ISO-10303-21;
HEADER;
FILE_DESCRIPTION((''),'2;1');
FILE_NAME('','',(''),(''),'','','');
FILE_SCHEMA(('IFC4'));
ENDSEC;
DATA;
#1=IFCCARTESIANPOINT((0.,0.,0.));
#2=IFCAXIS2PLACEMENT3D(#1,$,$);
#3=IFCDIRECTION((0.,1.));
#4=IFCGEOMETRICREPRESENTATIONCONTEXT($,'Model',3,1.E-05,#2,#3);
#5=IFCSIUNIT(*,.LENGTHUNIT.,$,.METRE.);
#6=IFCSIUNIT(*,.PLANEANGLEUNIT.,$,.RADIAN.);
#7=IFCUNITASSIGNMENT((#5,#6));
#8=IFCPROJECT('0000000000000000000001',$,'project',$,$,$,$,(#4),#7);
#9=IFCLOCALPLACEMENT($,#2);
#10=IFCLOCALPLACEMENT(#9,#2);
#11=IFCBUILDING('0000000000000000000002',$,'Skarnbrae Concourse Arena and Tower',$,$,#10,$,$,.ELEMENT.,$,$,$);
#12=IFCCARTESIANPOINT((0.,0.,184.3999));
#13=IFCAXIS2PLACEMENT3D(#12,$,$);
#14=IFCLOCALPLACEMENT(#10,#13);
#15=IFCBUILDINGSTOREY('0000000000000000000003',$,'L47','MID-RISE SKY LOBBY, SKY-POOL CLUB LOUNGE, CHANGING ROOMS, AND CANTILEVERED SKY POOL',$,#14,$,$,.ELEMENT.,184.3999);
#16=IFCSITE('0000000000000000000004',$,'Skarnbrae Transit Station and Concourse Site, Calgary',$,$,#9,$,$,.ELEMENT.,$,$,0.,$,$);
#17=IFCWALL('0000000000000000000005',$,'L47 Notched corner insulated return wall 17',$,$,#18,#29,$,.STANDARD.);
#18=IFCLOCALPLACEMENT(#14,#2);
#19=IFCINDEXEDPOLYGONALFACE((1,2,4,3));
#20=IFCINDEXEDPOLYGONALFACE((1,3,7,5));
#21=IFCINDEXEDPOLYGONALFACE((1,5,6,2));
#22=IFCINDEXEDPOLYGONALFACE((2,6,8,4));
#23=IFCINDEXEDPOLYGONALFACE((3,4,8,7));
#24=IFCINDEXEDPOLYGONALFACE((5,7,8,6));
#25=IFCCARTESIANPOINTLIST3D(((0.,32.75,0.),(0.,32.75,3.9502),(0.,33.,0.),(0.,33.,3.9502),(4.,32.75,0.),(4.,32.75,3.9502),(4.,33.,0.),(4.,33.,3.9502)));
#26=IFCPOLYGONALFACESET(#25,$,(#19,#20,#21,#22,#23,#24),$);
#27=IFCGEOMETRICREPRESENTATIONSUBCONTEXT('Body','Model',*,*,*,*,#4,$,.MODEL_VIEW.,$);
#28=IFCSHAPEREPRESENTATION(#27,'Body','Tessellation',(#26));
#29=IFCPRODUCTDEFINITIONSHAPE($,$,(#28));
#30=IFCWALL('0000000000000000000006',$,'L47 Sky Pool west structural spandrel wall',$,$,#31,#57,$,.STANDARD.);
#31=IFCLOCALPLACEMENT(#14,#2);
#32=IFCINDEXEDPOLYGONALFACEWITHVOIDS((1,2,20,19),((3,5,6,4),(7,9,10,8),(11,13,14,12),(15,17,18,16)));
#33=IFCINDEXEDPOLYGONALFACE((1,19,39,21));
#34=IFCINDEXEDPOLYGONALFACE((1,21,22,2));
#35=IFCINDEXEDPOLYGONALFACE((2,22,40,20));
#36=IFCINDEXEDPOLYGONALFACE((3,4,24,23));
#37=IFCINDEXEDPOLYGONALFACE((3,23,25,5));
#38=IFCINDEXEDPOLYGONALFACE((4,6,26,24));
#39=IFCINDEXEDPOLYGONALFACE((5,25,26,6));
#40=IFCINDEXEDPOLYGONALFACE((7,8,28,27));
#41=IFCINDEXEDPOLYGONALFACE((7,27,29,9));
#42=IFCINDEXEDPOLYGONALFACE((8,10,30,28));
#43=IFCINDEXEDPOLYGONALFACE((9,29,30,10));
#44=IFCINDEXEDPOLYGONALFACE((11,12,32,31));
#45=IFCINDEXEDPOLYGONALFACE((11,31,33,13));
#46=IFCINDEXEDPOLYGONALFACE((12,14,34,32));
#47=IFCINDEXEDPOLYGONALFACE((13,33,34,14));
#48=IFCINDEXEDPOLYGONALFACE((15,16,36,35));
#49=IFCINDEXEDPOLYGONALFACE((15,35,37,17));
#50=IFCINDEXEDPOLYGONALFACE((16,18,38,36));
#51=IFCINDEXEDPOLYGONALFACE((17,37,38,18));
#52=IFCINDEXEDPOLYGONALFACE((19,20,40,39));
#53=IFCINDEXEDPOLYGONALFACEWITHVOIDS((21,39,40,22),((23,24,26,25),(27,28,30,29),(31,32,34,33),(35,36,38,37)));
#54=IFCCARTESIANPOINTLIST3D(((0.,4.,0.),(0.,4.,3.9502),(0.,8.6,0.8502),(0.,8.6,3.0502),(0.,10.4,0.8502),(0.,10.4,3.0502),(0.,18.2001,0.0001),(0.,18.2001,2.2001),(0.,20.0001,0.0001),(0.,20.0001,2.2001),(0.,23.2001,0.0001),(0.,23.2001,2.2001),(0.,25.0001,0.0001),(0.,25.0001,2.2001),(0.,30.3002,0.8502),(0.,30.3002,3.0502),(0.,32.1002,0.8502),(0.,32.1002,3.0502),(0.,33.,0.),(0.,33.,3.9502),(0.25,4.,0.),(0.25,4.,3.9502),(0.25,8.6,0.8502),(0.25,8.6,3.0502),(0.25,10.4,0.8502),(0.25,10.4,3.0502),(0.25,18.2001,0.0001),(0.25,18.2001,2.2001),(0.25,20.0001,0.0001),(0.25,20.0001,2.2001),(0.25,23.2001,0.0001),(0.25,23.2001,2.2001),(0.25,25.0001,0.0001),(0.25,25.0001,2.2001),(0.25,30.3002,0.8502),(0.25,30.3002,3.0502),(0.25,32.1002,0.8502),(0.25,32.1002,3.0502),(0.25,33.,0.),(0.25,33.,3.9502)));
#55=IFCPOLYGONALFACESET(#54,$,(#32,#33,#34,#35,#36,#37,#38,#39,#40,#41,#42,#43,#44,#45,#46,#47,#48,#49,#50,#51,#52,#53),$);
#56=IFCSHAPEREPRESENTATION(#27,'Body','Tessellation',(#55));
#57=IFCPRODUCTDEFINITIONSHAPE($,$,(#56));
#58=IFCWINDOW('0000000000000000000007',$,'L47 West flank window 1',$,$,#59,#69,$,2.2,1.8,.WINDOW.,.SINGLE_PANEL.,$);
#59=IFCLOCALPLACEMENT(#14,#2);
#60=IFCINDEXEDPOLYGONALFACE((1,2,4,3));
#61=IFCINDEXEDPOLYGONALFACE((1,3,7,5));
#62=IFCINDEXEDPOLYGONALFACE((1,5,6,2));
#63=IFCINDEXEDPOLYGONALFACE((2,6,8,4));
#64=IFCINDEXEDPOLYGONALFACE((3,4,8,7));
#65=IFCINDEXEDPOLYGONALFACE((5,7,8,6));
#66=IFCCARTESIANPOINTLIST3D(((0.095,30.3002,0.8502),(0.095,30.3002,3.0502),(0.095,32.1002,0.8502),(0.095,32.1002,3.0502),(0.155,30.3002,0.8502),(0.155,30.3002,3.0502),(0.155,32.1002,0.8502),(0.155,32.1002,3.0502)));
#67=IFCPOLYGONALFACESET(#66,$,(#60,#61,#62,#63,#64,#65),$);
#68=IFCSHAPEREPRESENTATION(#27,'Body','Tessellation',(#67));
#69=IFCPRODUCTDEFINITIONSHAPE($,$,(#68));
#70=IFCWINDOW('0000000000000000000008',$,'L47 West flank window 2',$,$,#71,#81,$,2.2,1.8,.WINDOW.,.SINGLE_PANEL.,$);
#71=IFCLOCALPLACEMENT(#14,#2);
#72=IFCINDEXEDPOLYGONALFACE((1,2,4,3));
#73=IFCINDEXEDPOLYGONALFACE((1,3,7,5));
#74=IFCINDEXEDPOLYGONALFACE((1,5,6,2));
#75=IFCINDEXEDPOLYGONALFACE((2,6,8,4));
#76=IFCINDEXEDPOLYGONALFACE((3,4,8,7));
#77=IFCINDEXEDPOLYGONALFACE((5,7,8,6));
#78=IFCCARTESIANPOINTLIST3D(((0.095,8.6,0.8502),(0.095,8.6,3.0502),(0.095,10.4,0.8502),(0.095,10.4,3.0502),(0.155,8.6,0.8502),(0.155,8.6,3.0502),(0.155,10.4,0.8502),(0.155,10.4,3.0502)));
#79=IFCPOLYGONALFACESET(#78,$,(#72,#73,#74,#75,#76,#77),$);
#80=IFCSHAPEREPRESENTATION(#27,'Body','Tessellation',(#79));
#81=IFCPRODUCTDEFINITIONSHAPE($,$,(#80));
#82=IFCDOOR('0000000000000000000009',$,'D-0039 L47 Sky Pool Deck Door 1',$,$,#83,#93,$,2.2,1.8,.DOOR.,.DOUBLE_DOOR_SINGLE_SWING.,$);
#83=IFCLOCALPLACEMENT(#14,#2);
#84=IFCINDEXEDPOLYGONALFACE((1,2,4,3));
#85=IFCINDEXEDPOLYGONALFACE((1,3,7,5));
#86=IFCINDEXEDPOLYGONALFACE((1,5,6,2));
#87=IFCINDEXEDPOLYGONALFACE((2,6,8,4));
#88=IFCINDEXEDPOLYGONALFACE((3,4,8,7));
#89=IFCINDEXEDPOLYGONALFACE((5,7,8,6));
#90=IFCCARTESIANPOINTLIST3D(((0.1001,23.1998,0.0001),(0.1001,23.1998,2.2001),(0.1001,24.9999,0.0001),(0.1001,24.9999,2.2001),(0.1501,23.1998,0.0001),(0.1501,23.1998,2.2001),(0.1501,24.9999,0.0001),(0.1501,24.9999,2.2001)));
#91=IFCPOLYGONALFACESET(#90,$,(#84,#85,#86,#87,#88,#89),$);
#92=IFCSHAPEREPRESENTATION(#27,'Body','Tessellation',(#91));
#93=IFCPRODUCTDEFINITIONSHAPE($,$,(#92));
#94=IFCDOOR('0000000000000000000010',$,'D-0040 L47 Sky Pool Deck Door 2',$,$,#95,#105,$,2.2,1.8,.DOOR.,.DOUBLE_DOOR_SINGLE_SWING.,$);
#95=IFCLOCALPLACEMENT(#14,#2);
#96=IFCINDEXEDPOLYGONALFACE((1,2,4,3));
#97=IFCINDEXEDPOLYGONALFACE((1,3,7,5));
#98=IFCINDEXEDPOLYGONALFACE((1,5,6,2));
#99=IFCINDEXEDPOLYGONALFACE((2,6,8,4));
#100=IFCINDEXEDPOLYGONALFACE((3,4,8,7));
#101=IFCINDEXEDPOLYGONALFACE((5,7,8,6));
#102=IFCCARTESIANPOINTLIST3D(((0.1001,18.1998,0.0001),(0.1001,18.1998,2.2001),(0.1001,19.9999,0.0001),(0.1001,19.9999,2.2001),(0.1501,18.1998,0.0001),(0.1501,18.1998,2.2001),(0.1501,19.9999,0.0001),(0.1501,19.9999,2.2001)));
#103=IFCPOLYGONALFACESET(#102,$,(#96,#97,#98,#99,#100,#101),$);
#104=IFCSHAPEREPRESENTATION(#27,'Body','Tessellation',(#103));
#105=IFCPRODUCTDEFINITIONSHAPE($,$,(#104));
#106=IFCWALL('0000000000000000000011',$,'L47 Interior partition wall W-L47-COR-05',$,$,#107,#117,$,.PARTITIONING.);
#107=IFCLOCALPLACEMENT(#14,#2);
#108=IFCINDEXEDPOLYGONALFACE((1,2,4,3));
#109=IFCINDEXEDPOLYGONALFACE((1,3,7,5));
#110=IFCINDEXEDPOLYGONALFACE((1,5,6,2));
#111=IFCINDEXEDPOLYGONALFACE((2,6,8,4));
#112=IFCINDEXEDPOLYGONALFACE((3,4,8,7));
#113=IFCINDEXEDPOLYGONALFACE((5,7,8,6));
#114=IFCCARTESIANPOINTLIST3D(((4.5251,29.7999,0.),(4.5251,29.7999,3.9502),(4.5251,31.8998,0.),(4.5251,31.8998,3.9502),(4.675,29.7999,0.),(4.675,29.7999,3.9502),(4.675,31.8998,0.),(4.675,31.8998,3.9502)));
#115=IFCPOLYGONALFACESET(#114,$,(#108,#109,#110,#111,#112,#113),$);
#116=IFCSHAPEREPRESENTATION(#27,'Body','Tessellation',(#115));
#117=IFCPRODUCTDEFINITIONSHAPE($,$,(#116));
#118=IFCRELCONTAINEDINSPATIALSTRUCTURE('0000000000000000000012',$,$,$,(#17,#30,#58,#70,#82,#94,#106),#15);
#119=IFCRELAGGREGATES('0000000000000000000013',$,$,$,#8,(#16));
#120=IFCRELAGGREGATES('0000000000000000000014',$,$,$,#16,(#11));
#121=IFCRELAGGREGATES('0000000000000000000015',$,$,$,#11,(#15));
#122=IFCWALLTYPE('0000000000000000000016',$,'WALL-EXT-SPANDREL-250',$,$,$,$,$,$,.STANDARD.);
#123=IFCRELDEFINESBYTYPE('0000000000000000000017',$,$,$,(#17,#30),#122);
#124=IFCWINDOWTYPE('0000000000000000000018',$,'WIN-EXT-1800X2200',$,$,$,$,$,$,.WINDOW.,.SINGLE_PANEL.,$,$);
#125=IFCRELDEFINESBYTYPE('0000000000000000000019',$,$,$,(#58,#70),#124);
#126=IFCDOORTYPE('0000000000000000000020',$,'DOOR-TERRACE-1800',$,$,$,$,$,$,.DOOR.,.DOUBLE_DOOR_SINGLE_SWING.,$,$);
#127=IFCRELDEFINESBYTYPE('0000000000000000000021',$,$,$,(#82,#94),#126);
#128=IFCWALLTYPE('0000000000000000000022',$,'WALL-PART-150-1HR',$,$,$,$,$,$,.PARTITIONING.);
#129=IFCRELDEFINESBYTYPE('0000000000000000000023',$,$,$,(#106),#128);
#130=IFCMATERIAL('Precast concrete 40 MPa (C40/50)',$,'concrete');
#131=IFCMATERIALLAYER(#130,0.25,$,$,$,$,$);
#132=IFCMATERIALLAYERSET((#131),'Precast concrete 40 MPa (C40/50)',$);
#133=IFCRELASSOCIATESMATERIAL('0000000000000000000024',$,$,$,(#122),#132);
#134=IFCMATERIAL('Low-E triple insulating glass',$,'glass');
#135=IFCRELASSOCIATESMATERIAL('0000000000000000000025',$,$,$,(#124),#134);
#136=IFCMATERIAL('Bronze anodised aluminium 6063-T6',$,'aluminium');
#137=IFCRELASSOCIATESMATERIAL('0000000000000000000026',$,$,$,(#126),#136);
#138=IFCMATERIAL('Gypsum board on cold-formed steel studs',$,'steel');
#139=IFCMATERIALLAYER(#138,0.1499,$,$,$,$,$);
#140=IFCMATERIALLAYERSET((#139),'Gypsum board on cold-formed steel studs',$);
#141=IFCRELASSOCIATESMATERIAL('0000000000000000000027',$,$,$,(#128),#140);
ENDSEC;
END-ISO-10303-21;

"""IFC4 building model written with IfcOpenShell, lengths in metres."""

from ifc_helpers import new_model, si_unit, direction, frame, frame_2d, origin, place, context, subcontext, project, spatial, rectangle, extrude, source, transform, mapped, material, layer, layer_set, type_object, element, fill, save


model = new_model("IFC4")

# Units and contexts
model_context = context("Model", 3, precision=1e-05, world=origin(), true_north=direction((0.0, 1.0)))
body_context = subcontext(model_context, "Body", "Model", "MODEL_VIEW")
ifc_project = project(units=[si_unit("LENGTHUNIT", "METRE"), si_unit("PLANEANGLEUNIT", "RADIAN")], contexts=[model_context])

# Site, building, storey
site_placement = place(None, origin())
site = spatial("IfcSite", under=ifc_project, at=site_placement, Name="Skarnbrae Transit Station and Concourse Site, Calgary", CompositionType="ELEMENT", RefElevation=0.0)
building_placement = place(site_placement, origin())
building = spatial("IfcBuilding", under=site, at=building_placement, Name="Skarnbrae Concourse Arena and Tower", CompositionType="ELEMENT")
storey_placement = place(building_placement, frame((0.0, 0.0, 184.3999)))
storey = spatial("IfcBuildingStorey", under=building, at=storey_placement, Name="L47", Description="MID-RISE SKY LOBBY, SKY-POOL CLUB LOUNGE, CHANGING ROOMS, AND CANTILEVERED SKY POOL", CompositionType="ELEMENT", Elevation=184.3999)

# Shared definitions
ifc_material_1 = material(Name="Bronze anodised aluminium 6063-T6", Category="aluminium")

# Shared definitions
ifc_material_2 = material(Name="Low-E triple insulating glass", Category="glass")

# Wall
ifc_material_3 = material(Name="Precast concrete 40 MPa (C40/50)", Category="concrete")
ifc_layer_1 = layer(ifc_material_3, 0.25)
ifc_layer_set_1 = layer_set([ifc_layer_1], Name="Precast concrete 40 MPa (C40/50)")
wall_type_1 = type_object("IfcWallType", Name="WALL-EXT-SPANDREL-250", PredefinedType="STANDARD", material=ifc_layer_set_1)
shared_shape_1 = source(origin(), body_context, "Body", "SweptSolid", [
    extrude(rectangle(XDim=4.0, YDim=0.25, at=frame_2d((2.0, 0.0))), origin(), (0.0, 0.0, 1.0), 3.9502),
])
for number, where, z_axis, x_axis, name in (
    (1, (4.0, 32.875, 0.0), (0.0, 0.0, 1.0), (-1.0, 0.0, 0.0), "L47 Notched corner insulated return wall 17"),
):
    element("IfcWall", number, at=place(storey_placement, frame(where, z_axis=z_axis, x_axis=x_axis)), inside=storey, type_object=wall_type_1, Name=name, PredefinedType="STANDARD", context=body_context, shape_type="MappedRepresentation", body=[
        mapped(shared_shape_1, transform((0.0, 0.0, 0.0))),
    ])

# Wall, openings, windows, doors
shared_shape_2 = source(origin(), body_context, "Body", "SweptSolid", [
    extrude(rectangle(XDim=29.0, YDim=0.25, at=frame_2d((14.5, 0.0))), origin(), (0.0, 0.0, 1.0), 3.9502),
])
wall_1_placement = place(storey_placement, frame((0.125, 33.0, 0.0), z_axis=(0.0, 0.0, 1.0), x_axis=(0.0, -1.0, 0.0)))
wall_1 = element("IfcWall", 2, at=wall_1_placement, inside=storey, type_object=wall_type_1, Name="L47 Sky Pool west structural spandrel wall", PredefinedType="STANDARD", context=body_context, shape_type="MappedRepresentation", body=[
    mapped(shared_shape_2, transform((0.0, 0.0, 0.0))),
])
opening_1_placement = place(wall_1_placement, frame((8.0, 0.0, 0.0)))
opening_1 = element("IfcOpeningElement", 3, at=opening_1_placement, cuts=wall_1, PredefinedType="OPENING", context=body_context, shape_type="SweptSolid", body=[
    extrude(rectangle(XDim=1.8, YDim=2.2, at=frame_2d((0.8999, 1.1001))), frame((0.0, 0.135, 0.0), z_axis=(0.0, -1.0, 0.0), x_axis=(1.0, 0.0, 0.0)), (0.0, 0.0, 1.0), 0.27),
])
opening_2_placement = place(wall_1_placement, frame((13.0, 0.0, 0.0)))
opening_2 = element("IfcOpeningElement", 4, at=opening_2_placement, cuts=wall_1, PredefinedType="OPENING", context=body_context, shape_type="SweptSolid", body=[
    extrude(rectangle(XDim=1.8, YDim=2.2, at=frame_2d((0.8999, 1.1001))), frame((0.0, 0.135, 0.0), z_axis=(0.0, -1.0, 0.0), x_axis=(1.0, 0.0, 0.0)), (0.0, 0.0, 1.0), 0.27),
])
opening_3_placement = place(wall_1_placement, frame((0.8999, 0.0, 0.8501)))
opening_3 = element("IfcOpeningElement", 5, at=opening_3_placement, cuts=wall_1, PredefinedType="OPENING", context=body_context, shape_type="SweptSolid", body=[
    extrude(rectangle(XDim=1.8, YDim=2.2, at=frame_2d((0.8999, 1.1001))), frame((0.0, 0.135, 0.0), z_axis=(0.0, -1.0, 0.0), x_axis=(1.0, 0.0, 0.0)), (0.0, 0.0, 1.0), 0.27),
])
opening_4_placement = place(wall_1_placement, frame((22.6001, 0.0, 0.8501)))
opening_4 = element("IfcOpeningElement", 6, at=opening_4_placement, cuts=wall_1, PredefinedType="OPENING", context=body_context, shape_type="SweptSolid", body=[
    extrude(rectangle(XDim=1.8, YDim=2.2, at=frame_2d((0.8999, 1.1001))), frame((0.0, 0.135, 0.0), z_axis=(0.0, -1.0, 0.0), x_axis=(1.0, 0.0, 0.0)), (0.0, 0.0, 1.0), 0.27),
])
window_type = type_object("IfcWindowType", Name="WIN-EXT-1800X2200", PartitioningType="SINGLE_PANEL", PredefinedType="WINDOW", material=ifc_material_2)
shared_shape_3 = source(origin(), body_context, "Body", "SweptSolid", [
    extrude(rectangle(XDim=1.8, YDim=2.2, at=frame_2d((0.8999, 1.1001))), frame((0.0, 0.03, 0.0), z_axis=(0.0, -1.0, 0.0), x_axis=(1.0, 0.0, 0.0)), (0.0, 0.0, 1.0), 0.0601),
])
window_1_placement = place(opening_3_placement, origin())
window_1 = element("IfcWindow", 7, at=window_1_placement, inside=storey, type_object=window_type, Name="L47 West flank window 1", OverallHeight=2.2, OverallWidth=1.8, PartitioningType="SINGLE_PANEL", PredefinedType="WINDOW", context=body_context, shape_type="MappedRepresentation", body=[
    mapped(shared_shape_3, transform((0.0, 0.0, 0.0))),
])
fill(opening_3, window_1)
window_2_placement = place(opening_4_placement, origin())
window_2 = element("IfcWindow", 8, at=window_2_placement, inside=storey, type_object=window_type, Name="L47 West flank window 2", OverallHeight=2.2, OverallWidth=1.8, PartitioningType="SINGLE_PANEL", PredefinedType="WINDOW", context=body_context, shape_type="MappedRepresentation", body=[
    mapped(shared_shape_3, transform((0.0, 0.0, 0.0))),
])
fill(opening_4, window_2)
door_type_1 = type_object("IfcDoorType", Name="DOOR-TERRACE-1800", OperationType="DOUBLE_DOOR_SINGLE_SWING", PredefinedType="DOOR", material=ifc_material_1)
shared_shape_4 = source(origin(), body_context, "Body", "SweptSolid", [
    extrude(rectangle(XDim=1.8, YDim=2.2, at=frame_2d((0.8999, 1.1001))), frame((0.0, 0.0249, 0.0), z_axis=(0.0, -1.0, 0.0), x_axis=(1.0, 0.0, 0.0)), (0.0, 0.0, 1.0), 0.05),
])
door_1_placement = place(opening_1_placement, frame((1.8, 0.0, 0.0), z_axis=(0.0, 0.0, 1.0), x_axis=(-1.0, 0.0, 0.0)))
door_1 = element("IfcDoor", 9, at=door_1_placement, inside=storey, type_object=door_type_1, Name="D-0039 L47 Sky Pool Deck Door 1", OperationType="DOUBLE_DOOR_SINGLE_SWING", OverallHeight=2.2, OverallWidth=1.8, PredefinedType="DOOR", context=body_context, shape_type="MappedRepresentation", body=[
    mapped(shared_shape_4, transform((0.0, 0.0, 0.0))),
])
fill(opening_1, door_1)
door_2_placement = place(opening_2_placement, frame((1.8, 0.0, 0.0), z_axis=(0.0, 0.0, 1.0), x_axis=(-1.0, 0.0, 0.0)))
door_2 = element("IfcDoor", 10, at=door_2_placement, inside=storey, type_object=door_type_1, Name="D-0040 L47 Sky Pool Deck Door 2", OperationType="DOUBLE_DOOR_SINGLE_SWING", OverallHeight=2.2, OverallWidth=1.8, PredefinedType="DOOR", context=body_context, shape_type="MappedRepresentation", body=[
    mapped(shared_shape_4, transform((0.0, 0.0, 0.0))),
])
fill(opening_2, door_2)

# Wall
ifc_material_4 = material(Name="Gypsum board on cold-formed steel studs", Category="steel")
ifc_layer_2 = layer(ifc_material_4, 0.1499)
ifc_layer_set_2 = layer_set([ifc_layer_2], Name="Gypsum board on cold-formed steel studs")
wall_type_2 = type_object("IfcWallType", Name="WALL-PART-150-1HR", PredefinedType="PARTITIONING", material=ifc_layer_set_2)
shared_shape_5 = source(origin(), body_context, "Body", "SweptSolid", [
    extrude(rectangle(XDim=2.0999, YDim=0.1499, at=frame_2d((1.0498, 0.0))), origin(), (0.0, 0.0, 1.0), 3.9502),
])
wall_2_placement = place(storey_placement, frame((4.6001, 29.8, 0.0), z_axis=(0.0, 0.0, 1.0), x_axis=(0.0, 1.0, 0.0)))
element("IfcWall", 11, at=wall_2_placement, inside=storey, type_object=wall_type_2, Name="L47 Interior partition wall W-L47-COR-05", PredefinedType="PARTITIONING", context=body_context, shape_type="MappedRepresentation", body=[
    mapped(shared_shape_5, transform((0.0, 0.0, 0.0))),
])

save(model, "model.ifc")
